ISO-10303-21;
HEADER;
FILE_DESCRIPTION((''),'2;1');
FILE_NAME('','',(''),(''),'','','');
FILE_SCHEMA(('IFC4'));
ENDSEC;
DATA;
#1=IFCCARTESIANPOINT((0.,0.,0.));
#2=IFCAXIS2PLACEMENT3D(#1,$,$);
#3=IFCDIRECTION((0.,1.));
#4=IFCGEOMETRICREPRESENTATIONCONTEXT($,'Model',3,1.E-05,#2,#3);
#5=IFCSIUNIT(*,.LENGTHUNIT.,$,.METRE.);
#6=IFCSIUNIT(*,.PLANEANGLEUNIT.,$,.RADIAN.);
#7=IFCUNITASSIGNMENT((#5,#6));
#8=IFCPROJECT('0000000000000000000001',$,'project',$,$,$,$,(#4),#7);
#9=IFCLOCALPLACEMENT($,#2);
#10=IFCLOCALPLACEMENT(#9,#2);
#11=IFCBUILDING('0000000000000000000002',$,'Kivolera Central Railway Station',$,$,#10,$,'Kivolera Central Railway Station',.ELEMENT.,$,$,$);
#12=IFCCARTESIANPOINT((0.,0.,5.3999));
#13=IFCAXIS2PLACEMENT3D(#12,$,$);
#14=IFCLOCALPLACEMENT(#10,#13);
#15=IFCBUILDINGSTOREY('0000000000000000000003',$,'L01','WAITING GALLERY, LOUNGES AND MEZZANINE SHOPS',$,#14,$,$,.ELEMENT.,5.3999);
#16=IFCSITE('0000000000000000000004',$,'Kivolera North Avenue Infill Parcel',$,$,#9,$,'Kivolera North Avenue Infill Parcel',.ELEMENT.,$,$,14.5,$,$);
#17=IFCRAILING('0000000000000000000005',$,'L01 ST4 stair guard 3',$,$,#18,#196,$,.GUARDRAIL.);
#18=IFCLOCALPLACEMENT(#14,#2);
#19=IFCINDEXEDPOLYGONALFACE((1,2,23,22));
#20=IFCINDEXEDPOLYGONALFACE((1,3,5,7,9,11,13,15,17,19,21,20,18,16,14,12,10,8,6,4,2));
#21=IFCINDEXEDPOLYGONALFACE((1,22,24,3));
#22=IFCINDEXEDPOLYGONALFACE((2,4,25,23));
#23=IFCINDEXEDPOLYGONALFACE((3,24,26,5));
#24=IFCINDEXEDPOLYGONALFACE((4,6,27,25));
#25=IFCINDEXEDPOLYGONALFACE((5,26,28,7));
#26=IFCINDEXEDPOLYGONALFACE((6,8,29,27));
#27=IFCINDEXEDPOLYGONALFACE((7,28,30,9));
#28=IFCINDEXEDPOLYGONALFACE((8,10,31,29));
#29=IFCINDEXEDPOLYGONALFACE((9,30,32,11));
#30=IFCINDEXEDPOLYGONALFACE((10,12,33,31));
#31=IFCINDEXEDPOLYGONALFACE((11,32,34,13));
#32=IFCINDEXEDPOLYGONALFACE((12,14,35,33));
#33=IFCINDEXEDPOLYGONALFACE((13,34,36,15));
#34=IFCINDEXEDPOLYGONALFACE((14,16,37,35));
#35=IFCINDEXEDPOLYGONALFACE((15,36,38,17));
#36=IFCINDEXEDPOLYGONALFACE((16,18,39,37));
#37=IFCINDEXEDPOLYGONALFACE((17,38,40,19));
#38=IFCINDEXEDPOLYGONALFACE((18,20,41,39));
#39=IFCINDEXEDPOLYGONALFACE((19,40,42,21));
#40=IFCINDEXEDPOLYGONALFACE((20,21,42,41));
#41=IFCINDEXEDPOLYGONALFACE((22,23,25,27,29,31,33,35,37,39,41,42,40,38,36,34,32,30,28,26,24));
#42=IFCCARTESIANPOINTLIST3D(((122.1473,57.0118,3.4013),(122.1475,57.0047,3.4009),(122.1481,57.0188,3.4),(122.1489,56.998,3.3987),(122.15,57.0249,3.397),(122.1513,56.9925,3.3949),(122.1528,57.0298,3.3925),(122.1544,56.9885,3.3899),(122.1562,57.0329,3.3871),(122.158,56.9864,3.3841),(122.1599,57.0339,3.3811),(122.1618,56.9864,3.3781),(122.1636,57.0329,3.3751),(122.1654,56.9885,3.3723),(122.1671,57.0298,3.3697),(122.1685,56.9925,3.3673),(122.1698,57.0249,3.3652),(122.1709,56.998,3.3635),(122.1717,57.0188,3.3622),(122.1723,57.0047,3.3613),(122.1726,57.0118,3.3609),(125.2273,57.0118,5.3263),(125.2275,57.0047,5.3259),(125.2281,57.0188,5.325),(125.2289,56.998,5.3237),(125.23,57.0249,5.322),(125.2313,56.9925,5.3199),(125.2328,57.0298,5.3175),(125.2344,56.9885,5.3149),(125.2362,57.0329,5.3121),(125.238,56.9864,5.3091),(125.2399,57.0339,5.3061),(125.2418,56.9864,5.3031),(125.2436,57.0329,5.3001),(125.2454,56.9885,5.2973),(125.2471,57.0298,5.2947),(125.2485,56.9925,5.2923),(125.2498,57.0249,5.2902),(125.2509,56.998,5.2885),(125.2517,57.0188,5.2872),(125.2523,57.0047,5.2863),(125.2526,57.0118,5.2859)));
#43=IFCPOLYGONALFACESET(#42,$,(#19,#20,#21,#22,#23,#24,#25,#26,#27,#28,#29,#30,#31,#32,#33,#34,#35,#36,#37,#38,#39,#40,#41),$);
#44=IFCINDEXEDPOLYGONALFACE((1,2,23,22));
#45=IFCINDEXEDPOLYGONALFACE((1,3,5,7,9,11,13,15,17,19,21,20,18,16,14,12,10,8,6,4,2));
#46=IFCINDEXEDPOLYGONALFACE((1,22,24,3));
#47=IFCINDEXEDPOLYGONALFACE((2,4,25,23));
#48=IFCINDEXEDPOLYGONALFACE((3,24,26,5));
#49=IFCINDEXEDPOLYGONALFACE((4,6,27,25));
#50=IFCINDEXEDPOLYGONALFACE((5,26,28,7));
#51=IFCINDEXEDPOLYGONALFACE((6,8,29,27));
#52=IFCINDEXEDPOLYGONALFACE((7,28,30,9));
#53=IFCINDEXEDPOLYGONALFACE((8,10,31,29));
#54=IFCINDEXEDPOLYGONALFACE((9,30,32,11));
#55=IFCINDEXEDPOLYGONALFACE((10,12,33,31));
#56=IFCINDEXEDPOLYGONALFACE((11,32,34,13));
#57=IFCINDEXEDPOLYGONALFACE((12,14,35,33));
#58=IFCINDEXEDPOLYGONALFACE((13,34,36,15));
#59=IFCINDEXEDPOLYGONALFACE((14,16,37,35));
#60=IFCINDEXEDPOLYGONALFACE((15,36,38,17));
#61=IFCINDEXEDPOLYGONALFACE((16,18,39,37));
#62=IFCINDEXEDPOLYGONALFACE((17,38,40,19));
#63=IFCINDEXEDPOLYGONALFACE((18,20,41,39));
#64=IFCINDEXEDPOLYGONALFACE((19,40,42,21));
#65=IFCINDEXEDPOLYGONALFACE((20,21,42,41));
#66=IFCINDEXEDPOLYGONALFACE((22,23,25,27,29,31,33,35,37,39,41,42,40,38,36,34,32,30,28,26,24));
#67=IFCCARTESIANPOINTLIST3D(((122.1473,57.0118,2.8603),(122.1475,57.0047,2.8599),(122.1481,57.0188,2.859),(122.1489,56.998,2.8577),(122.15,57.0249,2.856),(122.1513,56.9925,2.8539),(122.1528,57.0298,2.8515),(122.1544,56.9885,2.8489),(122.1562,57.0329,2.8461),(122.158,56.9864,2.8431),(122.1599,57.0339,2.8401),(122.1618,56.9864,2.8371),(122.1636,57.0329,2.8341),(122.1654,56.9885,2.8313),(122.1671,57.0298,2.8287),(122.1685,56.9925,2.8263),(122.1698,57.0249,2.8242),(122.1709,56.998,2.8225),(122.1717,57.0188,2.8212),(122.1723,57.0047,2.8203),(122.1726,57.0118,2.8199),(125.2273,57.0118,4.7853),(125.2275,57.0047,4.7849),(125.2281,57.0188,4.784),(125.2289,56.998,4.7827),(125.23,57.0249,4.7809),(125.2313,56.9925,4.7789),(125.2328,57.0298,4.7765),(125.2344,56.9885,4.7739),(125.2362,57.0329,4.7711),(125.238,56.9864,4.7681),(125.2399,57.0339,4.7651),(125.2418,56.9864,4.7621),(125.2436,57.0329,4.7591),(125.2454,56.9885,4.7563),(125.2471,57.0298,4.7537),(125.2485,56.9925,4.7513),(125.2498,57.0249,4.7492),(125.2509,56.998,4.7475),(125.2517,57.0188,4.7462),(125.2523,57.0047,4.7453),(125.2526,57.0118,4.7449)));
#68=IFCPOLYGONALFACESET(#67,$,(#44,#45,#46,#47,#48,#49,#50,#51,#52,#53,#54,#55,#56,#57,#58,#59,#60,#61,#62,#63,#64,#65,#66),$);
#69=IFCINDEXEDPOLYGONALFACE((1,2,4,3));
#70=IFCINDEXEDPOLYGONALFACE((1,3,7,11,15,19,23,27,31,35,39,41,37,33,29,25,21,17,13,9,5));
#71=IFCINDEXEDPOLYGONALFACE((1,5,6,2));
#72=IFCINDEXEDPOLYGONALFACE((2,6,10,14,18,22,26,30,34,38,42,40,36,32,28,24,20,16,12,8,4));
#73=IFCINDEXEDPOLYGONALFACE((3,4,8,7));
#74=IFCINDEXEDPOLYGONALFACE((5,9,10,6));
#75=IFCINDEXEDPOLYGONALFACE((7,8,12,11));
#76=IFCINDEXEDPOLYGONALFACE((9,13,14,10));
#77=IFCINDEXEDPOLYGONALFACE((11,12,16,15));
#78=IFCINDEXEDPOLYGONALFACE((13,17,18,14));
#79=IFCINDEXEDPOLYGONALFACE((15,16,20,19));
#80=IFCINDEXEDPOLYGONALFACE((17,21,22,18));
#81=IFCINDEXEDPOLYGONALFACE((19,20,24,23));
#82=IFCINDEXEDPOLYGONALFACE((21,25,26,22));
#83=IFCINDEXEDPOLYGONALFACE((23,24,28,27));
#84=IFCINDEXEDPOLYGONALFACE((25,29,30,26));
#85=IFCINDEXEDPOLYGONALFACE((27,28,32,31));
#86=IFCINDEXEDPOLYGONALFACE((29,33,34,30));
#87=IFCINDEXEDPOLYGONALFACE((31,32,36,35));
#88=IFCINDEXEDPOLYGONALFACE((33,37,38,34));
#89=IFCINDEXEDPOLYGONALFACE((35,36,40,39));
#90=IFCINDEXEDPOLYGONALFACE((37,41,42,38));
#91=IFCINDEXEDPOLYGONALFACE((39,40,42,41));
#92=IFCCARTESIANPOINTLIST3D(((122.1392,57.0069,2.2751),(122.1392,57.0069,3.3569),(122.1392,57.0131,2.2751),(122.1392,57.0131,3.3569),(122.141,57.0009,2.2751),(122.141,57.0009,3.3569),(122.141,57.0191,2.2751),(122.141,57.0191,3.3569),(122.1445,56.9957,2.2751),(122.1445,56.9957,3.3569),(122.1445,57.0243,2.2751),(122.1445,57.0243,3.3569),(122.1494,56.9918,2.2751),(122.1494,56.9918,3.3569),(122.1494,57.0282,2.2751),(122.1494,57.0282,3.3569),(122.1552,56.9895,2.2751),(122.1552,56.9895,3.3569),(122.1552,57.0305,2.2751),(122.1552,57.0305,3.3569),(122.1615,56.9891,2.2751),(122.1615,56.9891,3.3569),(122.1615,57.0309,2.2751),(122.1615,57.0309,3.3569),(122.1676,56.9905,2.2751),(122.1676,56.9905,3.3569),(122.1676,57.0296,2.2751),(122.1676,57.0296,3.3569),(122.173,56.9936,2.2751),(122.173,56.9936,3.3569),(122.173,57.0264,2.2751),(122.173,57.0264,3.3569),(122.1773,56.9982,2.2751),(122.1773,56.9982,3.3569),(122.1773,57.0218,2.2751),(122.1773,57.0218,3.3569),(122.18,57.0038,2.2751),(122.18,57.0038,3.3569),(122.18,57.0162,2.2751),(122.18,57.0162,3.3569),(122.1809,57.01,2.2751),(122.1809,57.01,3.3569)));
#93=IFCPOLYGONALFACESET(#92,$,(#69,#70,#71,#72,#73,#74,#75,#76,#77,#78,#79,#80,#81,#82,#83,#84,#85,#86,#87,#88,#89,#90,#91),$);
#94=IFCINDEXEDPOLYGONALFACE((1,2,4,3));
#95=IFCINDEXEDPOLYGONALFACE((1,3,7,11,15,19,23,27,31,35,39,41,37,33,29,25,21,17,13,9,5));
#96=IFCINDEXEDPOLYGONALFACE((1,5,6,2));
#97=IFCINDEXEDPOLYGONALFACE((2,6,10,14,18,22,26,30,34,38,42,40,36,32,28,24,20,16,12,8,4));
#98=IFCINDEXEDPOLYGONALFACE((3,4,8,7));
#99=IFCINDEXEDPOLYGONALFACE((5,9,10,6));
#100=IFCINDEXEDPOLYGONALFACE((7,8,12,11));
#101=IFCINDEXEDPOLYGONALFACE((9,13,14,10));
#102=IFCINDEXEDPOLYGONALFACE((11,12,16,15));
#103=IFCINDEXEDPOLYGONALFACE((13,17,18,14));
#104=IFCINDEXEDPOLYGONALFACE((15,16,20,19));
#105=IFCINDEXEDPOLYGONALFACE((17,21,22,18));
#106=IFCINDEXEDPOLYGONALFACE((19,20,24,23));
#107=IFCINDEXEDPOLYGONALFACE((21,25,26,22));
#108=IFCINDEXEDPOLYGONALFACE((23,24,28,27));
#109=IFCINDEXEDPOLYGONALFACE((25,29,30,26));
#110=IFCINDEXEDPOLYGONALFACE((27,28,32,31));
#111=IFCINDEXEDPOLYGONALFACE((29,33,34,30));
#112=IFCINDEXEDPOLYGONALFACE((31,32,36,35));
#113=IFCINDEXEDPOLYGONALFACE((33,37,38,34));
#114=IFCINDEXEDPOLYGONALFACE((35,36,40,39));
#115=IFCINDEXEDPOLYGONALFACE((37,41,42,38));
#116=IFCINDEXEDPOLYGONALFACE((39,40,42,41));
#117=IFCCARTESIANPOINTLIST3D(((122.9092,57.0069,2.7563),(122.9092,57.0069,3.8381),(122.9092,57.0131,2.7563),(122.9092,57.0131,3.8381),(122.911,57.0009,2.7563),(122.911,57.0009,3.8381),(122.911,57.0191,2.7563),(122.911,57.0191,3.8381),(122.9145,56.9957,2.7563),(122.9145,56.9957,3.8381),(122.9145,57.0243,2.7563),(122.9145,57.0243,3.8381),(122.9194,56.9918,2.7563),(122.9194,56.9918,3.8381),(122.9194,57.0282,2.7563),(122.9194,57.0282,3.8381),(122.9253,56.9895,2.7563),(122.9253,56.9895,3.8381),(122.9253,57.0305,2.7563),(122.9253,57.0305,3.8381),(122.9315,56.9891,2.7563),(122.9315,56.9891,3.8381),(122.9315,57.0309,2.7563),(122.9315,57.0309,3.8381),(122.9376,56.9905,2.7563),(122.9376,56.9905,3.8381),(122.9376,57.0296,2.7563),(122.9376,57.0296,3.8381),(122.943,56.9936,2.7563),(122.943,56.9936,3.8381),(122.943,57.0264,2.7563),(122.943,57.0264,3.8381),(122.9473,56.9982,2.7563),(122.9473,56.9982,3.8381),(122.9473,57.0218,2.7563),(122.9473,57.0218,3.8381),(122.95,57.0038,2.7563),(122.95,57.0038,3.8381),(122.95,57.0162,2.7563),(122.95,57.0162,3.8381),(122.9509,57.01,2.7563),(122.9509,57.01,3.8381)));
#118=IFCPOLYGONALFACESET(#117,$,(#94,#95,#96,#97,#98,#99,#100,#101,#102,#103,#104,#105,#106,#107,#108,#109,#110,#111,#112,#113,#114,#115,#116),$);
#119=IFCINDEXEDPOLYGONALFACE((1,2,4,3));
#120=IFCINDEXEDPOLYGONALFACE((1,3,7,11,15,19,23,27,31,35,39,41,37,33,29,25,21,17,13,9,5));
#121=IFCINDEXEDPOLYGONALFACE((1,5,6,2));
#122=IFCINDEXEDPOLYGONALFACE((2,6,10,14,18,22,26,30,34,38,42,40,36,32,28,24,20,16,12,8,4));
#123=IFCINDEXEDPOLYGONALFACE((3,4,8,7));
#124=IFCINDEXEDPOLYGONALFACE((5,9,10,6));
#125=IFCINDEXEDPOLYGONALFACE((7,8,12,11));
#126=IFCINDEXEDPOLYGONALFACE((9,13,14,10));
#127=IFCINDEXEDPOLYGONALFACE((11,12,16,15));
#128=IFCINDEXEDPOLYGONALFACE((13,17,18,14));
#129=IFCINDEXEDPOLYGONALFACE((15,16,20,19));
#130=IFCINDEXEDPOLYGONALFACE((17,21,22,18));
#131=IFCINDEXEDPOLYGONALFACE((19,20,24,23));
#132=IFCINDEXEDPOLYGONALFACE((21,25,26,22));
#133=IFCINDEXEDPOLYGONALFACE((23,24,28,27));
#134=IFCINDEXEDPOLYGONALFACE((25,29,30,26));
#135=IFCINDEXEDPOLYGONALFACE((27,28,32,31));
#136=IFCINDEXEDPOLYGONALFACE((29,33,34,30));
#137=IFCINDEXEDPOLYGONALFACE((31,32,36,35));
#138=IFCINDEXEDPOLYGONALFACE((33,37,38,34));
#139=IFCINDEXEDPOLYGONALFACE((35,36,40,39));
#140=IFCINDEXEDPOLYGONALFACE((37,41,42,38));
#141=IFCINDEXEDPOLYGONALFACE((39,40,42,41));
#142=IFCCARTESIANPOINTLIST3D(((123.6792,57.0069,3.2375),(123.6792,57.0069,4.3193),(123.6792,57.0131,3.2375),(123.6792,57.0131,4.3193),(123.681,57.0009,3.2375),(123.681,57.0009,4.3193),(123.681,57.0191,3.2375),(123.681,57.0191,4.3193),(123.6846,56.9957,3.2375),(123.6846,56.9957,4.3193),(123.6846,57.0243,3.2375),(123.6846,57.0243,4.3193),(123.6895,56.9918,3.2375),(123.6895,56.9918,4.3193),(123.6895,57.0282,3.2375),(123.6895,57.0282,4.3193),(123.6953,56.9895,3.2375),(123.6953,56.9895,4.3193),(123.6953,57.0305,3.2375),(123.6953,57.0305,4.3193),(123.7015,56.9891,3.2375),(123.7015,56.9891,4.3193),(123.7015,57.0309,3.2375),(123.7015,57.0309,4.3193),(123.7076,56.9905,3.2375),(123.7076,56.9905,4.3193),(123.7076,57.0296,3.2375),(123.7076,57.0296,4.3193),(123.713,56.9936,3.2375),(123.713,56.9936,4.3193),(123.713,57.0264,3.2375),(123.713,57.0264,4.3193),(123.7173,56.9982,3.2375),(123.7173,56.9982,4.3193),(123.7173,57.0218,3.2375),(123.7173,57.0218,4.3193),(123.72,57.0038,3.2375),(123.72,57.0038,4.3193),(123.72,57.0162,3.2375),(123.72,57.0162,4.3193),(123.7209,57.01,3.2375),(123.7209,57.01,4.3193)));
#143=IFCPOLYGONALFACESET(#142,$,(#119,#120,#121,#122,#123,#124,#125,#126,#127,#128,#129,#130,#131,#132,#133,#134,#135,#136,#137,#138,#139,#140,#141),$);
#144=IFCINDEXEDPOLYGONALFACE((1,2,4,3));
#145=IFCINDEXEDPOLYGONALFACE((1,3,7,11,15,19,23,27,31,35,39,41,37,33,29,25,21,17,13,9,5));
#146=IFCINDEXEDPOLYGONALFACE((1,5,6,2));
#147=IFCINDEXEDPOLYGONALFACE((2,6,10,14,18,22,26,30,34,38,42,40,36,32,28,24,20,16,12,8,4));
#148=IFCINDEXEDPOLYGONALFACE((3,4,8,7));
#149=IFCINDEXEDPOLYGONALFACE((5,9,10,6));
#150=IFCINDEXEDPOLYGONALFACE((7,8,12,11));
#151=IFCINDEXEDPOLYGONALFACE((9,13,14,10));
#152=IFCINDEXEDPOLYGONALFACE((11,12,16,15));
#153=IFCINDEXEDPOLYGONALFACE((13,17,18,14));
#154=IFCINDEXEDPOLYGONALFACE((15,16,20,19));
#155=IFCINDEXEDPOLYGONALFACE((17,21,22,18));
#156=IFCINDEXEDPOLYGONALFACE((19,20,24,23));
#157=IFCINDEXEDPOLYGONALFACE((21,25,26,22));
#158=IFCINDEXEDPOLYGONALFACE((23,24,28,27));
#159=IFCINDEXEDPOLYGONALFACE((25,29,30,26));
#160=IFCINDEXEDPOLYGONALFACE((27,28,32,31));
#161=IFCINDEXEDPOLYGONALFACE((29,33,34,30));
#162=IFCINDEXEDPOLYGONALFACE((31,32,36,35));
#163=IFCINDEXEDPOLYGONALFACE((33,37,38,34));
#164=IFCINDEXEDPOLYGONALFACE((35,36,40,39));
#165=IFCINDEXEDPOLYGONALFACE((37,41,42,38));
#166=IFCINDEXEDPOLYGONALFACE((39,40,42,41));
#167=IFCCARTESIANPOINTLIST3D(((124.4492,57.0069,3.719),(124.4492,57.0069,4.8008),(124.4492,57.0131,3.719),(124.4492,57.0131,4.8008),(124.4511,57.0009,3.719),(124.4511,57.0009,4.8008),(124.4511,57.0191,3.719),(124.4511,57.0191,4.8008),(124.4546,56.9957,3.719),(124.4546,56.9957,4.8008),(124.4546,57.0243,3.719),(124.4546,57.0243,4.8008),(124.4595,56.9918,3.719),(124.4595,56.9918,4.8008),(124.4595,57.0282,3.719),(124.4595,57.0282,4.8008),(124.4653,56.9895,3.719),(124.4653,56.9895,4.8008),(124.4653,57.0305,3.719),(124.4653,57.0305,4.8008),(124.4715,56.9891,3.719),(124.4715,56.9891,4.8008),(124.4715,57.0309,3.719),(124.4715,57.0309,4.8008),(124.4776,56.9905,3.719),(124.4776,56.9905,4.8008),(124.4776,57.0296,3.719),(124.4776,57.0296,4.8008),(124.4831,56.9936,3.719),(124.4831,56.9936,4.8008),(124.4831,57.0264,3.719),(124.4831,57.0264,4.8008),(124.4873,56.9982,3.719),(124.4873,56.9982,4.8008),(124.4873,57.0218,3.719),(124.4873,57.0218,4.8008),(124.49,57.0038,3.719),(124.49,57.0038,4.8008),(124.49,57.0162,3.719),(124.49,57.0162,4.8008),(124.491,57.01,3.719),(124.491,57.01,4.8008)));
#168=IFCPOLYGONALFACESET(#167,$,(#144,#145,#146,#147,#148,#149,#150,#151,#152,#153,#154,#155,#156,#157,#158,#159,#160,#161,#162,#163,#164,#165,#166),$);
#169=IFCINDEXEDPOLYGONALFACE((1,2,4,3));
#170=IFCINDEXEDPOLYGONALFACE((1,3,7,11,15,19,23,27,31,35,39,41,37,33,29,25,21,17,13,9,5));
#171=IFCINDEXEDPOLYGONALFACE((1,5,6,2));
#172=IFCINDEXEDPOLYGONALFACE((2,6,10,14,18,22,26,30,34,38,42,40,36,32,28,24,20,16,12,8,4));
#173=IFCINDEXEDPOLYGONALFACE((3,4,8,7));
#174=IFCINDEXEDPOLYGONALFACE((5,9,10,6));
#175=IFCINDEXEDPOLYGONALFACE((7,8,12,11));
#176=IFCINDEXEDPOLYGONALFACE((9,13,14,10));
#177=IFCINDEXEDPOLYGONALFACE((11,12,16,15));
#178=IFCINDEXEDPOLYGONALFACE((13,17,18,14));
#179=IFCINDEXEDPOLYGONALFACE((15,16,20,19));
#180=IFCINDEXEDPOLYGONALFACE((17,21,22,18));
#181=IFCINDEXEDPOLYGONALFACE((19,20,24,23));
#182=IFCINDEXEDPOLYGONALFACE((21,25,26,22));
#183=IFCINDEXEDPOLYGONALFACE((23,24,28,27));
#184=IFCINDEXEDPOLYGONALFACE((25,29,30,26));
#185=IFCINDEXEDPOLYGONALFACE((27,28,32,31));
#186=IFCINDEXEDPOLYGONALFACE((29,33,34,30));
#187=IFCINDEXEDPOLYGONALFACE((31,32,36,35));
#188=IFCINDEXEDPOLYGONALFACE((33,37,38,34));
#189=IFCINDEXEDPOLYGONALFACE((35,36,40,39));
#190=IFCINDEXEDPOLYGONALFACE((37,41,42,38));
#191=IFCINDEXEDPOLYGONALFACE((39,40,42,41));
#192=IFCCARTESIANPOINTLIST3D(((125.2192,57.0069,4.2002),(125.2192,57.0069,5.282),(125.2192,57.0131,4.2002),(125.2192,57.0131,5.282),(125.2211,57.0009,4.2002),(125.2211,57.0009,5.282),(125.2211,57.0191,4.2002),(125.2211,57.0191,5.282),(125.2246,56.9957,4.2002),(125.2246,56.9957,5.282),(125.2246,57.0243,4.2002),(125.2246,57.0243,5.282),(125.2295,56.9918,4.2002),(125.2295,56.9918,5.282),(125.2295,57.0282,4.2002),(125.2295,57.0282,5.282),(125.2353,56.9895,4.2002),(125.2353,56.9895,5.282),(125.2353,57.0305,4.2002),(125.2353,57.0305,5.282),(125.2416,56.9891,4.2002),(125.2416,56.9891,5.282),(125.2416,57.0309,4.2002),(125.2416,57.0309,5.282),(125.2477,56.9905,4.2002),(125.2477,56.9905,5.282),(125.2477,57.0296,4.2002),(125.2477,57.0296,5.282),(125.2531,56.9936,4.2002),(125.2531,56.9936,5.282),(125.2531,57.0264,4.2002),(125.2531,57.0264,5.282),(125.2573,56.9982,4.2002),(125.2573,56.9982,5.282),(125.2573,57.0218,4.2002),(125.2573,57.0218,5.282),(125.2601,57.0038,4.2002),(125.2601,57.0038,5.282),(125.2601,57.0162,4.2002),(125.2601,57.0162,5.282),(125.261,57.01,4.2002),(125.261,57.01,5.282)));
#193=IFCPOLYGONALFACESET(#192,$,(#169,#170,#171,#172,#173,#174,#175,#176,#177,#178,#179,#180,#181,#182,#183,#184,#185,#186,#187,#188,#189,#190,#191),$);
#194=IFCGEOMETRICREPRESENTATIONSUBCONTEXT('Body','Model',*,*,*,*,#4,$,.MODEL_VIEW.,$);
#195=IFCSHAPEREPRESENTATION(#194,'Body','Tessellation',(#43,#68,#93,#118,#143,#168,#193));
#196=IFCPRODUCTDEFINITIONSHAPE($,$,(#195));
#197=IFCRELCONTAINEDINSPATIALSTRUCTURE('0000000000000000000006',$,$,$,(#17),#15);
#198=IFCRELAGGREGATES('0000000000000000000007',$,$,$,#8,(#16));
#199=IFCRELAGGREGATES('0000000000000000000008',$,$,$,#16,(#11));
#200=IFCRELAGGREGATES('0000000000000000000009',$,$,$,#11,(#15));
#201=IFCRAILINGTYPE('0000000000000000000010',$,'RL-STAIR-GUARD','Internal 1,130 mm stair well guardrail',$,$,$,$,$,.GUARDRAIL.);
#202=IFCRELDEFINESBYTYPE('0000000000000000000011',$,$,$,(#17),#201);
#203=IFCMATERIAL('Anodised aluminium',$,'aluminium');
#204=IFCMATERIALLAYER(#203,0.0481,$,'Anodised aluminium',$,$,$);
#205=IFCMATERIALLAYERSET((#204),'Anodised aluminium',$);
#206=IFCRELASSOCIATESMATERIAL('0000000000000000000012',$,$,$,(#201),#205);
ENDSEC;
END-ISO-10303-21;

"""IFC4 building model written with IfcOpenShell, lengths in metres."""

from ifc_helpers import new_model, si_unit, direction, frame, origin, origin_2d, place, context, subcontext, project, spatial, circle, extrude, material, layer, layer_set, type_object, element, save


model = new_model("IFC4")

# Units and contexts
model_context = context("Model", 3, precision=1e-05, world=origin(), true_north=direction((0.0, 1.0)))
body_context = subcontext(model_context, "Body", "Model", "MODEL_VIEW")
ifc_project = project(units=[si_unit("LENGTHUNIT", "METRE"), si_unit("PLANEANGLEUNIT", "RADIAN")], contexts=[model_context])

# Site, building, storey
site_placement = place(None, origin())
site = spatial("IfcSite", under=ifc_project, at=site_placement, Name="Kivolera North Avenue Infill Parcel", LongName="Kivolera North Avenue Infill Parcel", CompositionType="ELEMENT", RefElevation=14.5)
building_placement = place(site_placement, origin())
building = spatial("IfcBuilding", under=site, at=building_placement, Name="Kivolera Central Railway Station", LongName="Kivolera Central Railway Station", CompositionType="ELEMENT")
storey_placement = place(building_placement, frame((0.0, 0.0, 5.3999)))
storey = spatial("IfcBuildingStorey", under=building, at=storey_placement, Name="L01", Description="WAITING GALLERY, LOUNGES AND MEZZANINE SHOPS", CompositionType="ELEMENT", Elevation=5.3999)

# Railing
ifc_material_1 = material(Name="Anodised aluminium", Category="aluminium")
ifc_layer_1 = layer(ifc_material_1, 0.0481, Name="Anodised aluminium")
ifc_layer_set_1 = layer_set([ifc_layer_1], Name="Anodised aluminium")
railing_type_1 = type_object("IfcRailingType", Name="RL-STAIR-GUARD", Description="Internal 1,130 mm stair well guardrail", PredefinedType="GUARDRAIL", material=ifc_layer_set_1)
railing_1_placement = place(storey_placement, frame((122.1599, 57.01, 2.2751)))
element("IfcRailing", 1, at=railing_1_placement, inside=storey, type_object=railing_type_1, Name="L01 ST4 stair guard 3", PredefinedType="GUARDRAIL", context=body_context, shape_type="SweptSolid", body=[
    extrude(circle(Radius=0.0239, at=origin_2d()), frame((0.0, 0.0, 1.106), z_axis=(0.847998, 0.0, 0.529999), x_axis=(0.0, 1.0, 0.0)), (0.0, 0.0, 1.0), 3.6321),
    extrude(circle(Radius=0.0239, at=origin_2d()), frame((0.0, 0.0, 0.5649), z_axis=(0.847998, 0.0, 0.529999), x_axis=(0.0, 1.0, 0.0)), (0.0, 0.0, 1.0), 3.6321),
    extrude(circle(Radius=0.021, at=origin_2d()), origin(), (0.0, 0.0, 1.0), 1.0818),
    extrude(circle(Radius=0.021, at=origin_2d()), frame((0.77, 0.0, 0.4812)), (0.0, 0.0, 1.0), 1.0818),
    extrude(circle(Radius=0.021, at=origin_2d()), frame((1.54, 0.0, 0.9624)), (0.0, 0.0, 1.0), 1.0818),
    extrude(circle(Radius=0.021, at=origin_2d()), frame((2.3101, 0.0, 1.4438)), (0.0, 0.0, 1.0), 1.0818),
    extrude(circle(Radius=0.021, at=origin_2d()), frame((3.0801, 0.0, 1.925)), (0.0, 0.0, 1.0), 1.0818),
])

save(model, "model.ifc")
